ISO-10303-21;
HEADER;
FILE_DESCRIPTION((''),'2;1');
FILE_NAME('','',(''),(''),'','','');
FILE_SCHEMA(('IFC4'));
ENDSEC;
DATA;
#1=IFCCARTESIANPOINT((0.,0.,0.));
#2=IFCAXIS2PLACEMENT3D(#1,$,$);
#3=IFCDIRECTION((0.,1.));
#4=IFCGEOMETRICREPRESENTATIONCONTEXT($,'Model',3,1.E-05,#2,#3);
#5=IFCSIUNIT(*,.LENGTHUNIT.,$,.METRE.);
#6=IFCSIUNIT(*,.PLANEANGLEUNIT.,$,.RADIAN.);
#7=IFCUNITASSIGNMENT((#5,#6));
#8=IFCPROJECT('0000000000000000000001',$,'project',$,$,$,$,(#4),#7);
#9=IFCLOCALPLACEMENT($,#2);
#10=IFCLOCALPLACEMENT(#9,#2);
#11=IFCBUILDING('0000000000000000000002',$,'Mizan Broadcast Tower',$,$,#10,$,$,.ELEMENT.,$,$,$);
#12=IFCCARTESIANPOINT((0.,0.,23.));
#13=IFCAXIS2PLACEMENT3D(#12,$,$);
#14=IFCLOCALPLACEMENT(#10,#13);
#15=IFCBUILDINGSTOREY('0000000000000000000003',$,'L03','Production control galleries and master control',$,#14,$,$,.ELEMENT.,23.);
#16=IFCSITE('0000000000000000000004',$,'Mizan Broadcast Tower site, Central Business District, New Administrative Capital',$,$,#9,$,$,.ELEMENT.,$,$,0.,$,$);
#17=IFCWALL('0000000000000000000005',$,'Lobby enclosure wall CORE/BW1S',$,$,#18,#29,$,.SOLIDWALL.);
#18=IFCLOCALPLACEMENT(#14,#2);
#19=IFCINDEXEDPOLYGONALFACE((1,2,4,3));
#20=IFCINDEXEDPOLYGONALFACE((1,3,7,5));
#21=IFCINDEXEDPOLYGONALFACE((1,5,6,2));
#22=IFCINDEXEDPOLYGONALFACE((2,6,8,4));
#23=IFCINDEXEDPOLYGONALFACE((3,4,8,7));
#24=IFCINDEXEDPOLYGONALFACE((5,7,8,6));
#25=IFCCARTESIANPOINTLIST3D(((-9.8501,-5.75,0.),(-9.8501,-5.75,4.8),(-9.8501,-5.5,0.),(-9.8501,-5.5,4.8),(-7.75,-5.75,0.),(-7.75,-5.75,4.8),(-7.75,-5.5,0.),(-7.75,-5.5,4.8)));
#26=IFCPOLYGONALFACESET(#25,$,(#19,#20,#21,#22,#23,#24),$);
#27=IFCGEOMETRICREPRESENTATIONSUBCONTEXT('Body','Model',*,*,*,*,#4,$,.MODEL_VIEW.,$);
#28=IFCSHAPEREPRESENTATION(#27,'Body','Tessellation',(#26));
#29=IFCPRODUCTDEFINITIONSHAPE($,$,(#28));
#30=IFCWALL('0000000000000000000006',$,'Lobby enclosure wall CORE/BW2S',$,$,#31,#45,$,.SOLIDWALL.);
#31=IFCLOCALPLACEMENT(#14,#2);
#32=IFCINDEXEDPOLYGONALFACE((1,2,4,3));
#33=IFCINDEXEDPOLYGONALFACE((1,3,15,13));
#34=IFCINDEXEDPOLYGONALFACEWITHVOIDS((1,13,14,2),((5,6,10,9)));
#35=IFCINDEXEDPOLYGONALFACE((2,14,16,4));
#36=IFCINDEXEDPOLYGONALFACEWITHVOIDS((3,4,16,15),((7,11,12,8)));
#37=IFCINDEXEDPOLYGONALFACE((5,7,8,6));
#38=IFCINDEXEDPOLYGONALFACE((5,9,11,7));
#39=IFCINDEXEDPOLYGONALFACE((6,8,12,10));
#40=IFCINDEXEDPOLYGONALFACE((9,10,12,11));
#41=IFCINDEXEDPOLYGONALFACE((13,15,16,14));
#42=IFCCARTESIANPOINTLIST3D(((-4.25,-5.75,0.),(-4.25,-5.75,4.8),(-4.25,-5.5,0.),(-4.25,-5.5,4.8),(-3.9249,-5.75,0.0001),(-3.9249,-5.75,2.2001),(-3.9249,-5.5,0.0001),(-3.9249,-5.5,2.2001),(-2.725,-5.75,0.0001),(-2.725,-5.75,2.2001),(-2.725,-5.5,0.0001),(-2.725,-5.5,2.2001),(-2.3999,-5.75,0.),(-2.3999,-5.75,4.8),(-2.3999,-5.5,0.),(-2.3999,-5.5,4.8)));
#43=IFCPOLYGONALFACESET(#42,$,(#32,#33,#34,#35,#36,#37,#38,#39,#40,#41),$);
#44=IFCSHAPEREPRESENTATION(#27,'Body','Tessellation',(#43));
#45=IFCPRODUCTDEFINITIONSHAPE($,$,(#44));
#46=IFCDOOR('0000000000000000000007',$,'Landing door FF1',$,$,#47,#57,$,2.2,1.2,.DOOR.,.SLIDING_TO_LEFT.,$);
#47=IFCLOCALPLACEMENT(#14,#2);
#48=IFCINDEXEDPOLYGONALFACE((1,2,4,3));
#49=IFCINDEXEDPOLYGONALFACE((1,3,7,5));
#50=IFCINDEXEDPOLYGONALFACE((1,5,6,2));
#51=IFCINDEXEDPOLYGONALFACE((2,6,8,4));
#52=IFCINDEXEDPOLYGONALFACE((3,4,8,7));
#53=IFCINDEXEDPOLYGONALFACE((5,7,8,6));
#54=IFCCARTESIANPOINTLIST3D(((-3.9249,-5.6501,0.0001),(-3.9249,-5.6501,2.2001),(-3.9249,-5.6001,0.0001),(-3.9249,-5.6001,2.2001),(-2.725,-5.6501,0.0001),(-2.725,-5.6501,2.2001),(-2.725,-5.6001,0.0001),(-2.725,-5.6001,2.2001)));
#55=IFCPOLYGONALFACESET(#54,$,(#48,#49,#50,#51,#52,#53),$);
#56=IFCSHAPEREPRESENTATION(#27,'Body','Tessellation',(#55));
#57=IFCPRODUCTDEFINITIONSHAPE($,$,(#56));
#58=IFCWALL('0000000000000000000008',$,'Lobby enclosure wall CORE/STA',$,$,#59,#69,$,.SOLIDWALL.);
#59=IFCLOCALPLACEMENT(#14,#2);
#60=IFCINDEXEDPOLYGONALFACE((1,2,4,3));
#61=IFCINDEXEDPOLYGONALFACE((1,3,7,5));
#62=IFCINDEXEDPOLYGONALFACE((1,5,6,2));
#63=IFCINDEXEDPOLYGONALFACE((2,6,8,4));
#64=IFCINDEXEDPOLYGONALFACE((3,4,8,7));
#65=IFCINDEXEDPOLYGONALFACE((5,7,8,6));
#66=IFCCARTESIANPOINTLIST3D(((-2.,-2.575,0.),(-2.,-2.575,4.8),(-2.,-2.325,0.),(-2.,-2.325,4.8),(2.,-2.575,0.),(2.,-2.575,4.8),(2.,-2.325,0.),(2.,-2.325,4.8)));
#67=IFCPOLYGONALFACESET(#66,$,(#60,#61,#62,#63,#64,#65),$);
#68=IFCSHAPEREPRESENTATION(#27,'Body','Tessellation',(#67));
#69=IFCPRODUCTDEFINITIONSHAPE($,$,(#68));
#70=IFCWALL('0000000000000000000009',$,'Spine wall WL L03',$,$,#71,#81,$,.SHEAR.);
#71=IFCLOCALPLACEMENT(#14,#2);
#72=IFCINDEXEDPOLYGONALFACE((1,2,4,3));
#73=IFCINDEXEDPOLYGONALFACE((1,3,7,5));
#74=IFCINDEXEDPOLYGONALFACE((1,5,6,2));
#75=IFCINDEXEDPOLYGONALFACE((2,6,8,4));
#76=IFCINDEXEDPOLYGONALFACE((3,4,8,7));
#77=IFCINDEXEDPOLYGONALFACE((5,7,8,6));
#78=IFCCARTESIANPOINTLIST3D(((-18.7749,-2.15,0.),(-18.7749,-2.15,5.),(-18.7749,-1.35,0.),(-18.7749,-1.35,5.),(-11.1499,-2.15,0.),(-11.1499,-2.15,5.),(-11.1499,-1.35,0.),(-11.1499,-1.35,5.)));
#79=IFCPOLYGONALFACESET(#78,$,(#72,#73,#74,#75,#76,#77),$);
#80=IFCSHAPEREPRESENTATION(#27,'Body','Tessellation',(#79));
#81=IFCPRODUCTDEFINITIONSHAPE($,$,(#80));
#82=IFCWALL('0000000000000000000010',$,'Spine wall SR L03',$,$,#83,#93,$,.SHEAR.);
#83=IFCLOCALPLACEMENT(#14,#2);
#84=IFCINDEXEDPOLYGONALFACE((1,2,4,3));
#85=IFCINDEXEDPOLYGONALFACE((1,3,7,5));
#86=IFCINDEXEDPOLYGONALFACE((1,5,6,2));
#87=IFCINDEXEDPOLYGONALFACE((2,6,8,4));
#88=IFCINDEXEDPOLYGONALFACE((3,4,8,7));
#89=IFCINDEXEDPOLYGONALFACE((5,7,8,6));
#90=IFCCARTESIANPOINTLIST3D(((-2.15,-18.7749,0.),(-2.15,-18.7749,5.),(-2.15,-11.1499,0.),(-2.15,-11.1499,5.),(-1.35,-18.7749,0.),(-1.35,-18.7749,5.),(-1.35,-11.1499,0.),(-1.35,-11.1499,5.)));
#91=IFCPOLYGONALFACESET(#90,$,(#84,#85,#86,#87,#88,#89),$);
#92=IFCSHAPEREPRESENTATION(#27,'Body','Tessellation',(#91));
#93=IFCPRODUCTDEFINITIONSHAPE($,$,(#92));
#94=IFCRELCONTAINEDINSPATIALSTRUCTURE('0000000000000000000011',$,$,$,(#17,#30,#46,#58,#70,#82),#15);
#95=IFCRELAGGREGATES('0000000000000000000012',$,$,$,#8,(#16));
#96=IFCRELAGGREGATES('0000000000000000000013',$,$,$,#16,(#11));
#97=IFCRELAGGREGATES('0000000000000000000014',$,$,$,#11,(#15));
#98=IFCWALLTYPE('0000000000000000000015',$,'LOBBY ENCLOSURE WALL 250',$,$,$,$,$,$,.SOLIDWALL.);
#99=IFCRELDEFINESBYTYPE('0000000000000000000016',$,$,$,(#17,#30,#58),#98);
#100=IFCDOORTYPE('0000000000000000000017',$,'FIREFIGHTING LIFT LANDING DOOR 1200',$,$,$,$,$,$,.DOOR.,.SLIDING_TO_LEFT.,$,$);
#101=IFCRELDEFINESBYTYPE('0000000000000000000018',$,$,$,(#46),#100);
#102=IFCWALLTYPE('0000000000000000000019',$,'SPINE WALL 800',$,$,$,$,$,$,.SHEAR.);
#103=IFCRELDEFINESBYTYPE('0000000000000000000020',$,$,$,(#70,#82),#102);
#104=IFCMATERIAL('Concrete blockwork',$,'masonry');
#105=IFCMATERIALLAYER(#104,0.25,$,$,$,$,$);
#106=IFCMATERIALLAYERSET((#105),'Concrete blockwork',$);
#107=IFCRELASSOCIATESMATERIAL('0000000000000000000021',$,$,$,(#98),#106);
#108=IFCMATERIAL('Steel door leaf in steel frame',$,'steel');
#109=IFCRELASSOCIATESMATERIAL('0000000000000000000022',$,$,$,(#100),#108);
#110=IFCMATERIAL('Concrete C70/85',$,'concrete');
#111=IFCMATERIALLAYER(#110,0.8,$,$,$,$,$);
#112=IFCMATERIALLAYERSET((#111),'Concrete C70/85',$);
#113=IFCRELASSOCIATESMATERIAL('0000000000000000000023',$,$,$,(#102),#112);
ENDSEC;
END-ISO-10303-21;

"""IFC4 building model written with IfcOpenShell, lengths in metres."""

from ifc_helpers import new_model, si_unit, direction, frame, frame_2d, origin, place, context, subcontext, project, spatial, rectangle, extrude, material, layer, layer_set, type_object, element, fill, save


model = new_model("IFC4")

# Units and contexts
model_context = context("Model", 3, precision=1e-05, world=origin(), true_north=direction((0.0, 1.0)))
body_context = subcontext(model_context, "Body", "Model", "MODEL_VIEW")
ifc_project = project(units=[si_unit("LENGTHUNIT", "METRE"), si_unit("PLANEANGLEUNIT", "RADIAN")], contexts=[model_context])

# Site, building, storey
site_placement = place(None, origin())
site = spatial("IfcSite", under=ifc_project, at=site_placement, Name="Mizan Broadcast Tower site, Central Business District, New Administrative Capital", CompositionType="ELEMENT", RefElevation=0.0)
building_placement = place(site_placement, origin())
building = spatial("IfcBuilding", under=site, at=building_placement, Name="Mizan Broadcast Tower", CompositionType="ELEMENT")
storey_placement = place(building_placement, frame((0.0, 0.0, 23.0)))
storey = spatial("IfcBuildingStorey", under=building, at=storey_placement, Name="L03", Description="Production control galleries and master control", CompositionType="ELEMENT", Elevation=23.0)

# Wall
ifc_material_1 = material(Name="Concrete blockwork", Category="masonry")
ifc_layer_1 = layer(ifc_material_1, 0.25)
ifc_layer_set_1 = layer_set([ifc_layer_1], Name="Concrete blockwork")
wall_type_1 = type_object("IfcWallType", Name="LOBBY ENCLOSURE WALL 250", PredefinedType="SOLIDWALL", material=ifc_layer_set_1)
wall_1_placement = place(storey_placement, frame((-9.8501, -5.625, 0.0), z_axis=(0.0, 0.0, 1.0), x_axis=(1.0, 0.0, 0.0)))
element("IfcWall", 1, at=wall_1_placement, inside=storey, type_object=wall_type_1, Name="Lobby enclosure wall CORE/BW1S", PredefinedType="SOLIDWALL", context=body_context, shape_type="SweptSolid", body=[
    extrude(rectangle(XDim=2.1001, YDim=0.25, at=frame_2d((1.05, 0.0))), origin(), (0.0, 0.0, 1.0), 4.8),
])

# Wall, opening, door
wall_2_placement = place(storey_placement, frame((-4.25, -5.625, 0.0), z_axis=(0.0, 0.0, 1.0), x_axis=(1.0, 0.0, 0.0)))
wall_2 = element("IfcWall", 2, at=wall_2_placement, inside=storey, type_object=wall_type_1, Name="Lobby enclosure wall CORE/BW2S", PredefinedType="SOLIDWALL", context=body_context, shape_type="SweptSolid", body=[
    extrude(rectangle(XDim=1.8501, YDim=0.25, at=frame_2d((0.925, 0.0))), origin(), (0.0, 0.0, 1.0), 4.8),
])
opening_1_placement = place(wall_2_placement, frame((0.325, 0.0, 0.0)))
opening_1 = element("IfcOpeningElement", 3, at=opening_1_placement, cuts=wall_2, PredefinedType="OPENING", context=body_context, shape_type="SweptSolid", body=[
    extrude(rectangle(XDim=1.2, YDim=2.2, at=frame_2d((0.6001, 1.1001))), frame((0.0, 0.135, 0.0), z_axis=(0.0, -1.0, 0.0), x_axis=(1.0, 0.0, 0.0)), (0.0, 0.0, 1.0), 0.27),
])
ifc_material_2 = material(Name="Steel door leaf in steel frame", Category="steel")
door_type_1 = type_object("IfcDoorType", Name="FIREFIGHTING LIFT LANDING DOOR 1200", OperationType="SLIDING_TO_LEFT", PredefinedType="DOOR", material=ifc_material_2)
door_1_placement = place(opening_1_placement, origin())
door_1 = element("IfcDoor", 4, at=door_1_placement, inside=storey, type_object=door_type_1, Name="Landing door FF1", OperationType="SLIDING_TO_LEFT", OverallHeight=2.2, OverallWidth=1.2, PredefinedType="DOOR", context=body_context, shape_type="SweptSolid", body=[
    extrude(rectangle(XDim=1.2, YDim=2.2, at=frame_2d((0.6001, 1.1001))), frame((0.0, 0.0249, 0.0), z_axis=(0.0, -1.0, 0.0), x_axis=(1.0, 0.0, 0.0)), (0.0, 0.0, 1.0), 0.05),
])
fill(opening_1, door_1)

# Walls
wall_3_placement = place(storey_placement, frame((-2.0, -2.45, 0.0), z_axis=(0.0, 0.0, 1.0), x_axis=(1.0, 0.0, 0.0)))
element("IfcWall", 5, at=wall_3_placement, inside=storey, type_object=wall_type_1, Name="Lobby enclosure wall CORE/STA", PredefinedType="SOLIDWALL", context=body_context, shape_type="SweptSolid", body=[
    extrude(rectangle(XDim=4.0, YDim=0.25, at=frame_2d((2.0, 0.0))), origin(), (0.0, 0.0, 1.0), 4.8),
])
ifc_material_3 = material(Name="Concrete C70/85", Category="concrete")
ifc_layer_2 = layer(ifc_material_3, 0.8)
ifc_layer_set_2 = layer_set([ifc_layer_2], Name="Concrete C70/85")
wall_type_2 = type_object("IfcWallType", Name="SPINE WALL 800", PredefinedType="SHEAR", material=ifc_layer_set_2)
for number, where, z_axis, x_axis, name in (
    (6, (-11.1499, -1.75, 0.0), (0.0, 0.0, 1.0), (-1.0, 0.0, 0.0), "Spine wall WL L03"),
    (7, (-1.75, -11.1499, 0.0), (0.0, 0.0, 1.0), (0.0, -1.0, 0.0), "Spine wall SR L03"),
):
    element("IfcWall", number, at=place(storey_placement, frame(where, z_axis=z_axis, x_axis=x_axis)), inside=storey, type_object=wall_type_2, Name=name, PredefinedType="SHEAR", context=body_context, shape_type="SweptSolid", body=[
        extrude(rectangle(XDim=7.625, YDim=0.8, at=frame_2d((3.8125, 0.0))), origin(), (0.0, 0.0, 1.0), 5.0),
    ])

save(model, "model.ifc")
